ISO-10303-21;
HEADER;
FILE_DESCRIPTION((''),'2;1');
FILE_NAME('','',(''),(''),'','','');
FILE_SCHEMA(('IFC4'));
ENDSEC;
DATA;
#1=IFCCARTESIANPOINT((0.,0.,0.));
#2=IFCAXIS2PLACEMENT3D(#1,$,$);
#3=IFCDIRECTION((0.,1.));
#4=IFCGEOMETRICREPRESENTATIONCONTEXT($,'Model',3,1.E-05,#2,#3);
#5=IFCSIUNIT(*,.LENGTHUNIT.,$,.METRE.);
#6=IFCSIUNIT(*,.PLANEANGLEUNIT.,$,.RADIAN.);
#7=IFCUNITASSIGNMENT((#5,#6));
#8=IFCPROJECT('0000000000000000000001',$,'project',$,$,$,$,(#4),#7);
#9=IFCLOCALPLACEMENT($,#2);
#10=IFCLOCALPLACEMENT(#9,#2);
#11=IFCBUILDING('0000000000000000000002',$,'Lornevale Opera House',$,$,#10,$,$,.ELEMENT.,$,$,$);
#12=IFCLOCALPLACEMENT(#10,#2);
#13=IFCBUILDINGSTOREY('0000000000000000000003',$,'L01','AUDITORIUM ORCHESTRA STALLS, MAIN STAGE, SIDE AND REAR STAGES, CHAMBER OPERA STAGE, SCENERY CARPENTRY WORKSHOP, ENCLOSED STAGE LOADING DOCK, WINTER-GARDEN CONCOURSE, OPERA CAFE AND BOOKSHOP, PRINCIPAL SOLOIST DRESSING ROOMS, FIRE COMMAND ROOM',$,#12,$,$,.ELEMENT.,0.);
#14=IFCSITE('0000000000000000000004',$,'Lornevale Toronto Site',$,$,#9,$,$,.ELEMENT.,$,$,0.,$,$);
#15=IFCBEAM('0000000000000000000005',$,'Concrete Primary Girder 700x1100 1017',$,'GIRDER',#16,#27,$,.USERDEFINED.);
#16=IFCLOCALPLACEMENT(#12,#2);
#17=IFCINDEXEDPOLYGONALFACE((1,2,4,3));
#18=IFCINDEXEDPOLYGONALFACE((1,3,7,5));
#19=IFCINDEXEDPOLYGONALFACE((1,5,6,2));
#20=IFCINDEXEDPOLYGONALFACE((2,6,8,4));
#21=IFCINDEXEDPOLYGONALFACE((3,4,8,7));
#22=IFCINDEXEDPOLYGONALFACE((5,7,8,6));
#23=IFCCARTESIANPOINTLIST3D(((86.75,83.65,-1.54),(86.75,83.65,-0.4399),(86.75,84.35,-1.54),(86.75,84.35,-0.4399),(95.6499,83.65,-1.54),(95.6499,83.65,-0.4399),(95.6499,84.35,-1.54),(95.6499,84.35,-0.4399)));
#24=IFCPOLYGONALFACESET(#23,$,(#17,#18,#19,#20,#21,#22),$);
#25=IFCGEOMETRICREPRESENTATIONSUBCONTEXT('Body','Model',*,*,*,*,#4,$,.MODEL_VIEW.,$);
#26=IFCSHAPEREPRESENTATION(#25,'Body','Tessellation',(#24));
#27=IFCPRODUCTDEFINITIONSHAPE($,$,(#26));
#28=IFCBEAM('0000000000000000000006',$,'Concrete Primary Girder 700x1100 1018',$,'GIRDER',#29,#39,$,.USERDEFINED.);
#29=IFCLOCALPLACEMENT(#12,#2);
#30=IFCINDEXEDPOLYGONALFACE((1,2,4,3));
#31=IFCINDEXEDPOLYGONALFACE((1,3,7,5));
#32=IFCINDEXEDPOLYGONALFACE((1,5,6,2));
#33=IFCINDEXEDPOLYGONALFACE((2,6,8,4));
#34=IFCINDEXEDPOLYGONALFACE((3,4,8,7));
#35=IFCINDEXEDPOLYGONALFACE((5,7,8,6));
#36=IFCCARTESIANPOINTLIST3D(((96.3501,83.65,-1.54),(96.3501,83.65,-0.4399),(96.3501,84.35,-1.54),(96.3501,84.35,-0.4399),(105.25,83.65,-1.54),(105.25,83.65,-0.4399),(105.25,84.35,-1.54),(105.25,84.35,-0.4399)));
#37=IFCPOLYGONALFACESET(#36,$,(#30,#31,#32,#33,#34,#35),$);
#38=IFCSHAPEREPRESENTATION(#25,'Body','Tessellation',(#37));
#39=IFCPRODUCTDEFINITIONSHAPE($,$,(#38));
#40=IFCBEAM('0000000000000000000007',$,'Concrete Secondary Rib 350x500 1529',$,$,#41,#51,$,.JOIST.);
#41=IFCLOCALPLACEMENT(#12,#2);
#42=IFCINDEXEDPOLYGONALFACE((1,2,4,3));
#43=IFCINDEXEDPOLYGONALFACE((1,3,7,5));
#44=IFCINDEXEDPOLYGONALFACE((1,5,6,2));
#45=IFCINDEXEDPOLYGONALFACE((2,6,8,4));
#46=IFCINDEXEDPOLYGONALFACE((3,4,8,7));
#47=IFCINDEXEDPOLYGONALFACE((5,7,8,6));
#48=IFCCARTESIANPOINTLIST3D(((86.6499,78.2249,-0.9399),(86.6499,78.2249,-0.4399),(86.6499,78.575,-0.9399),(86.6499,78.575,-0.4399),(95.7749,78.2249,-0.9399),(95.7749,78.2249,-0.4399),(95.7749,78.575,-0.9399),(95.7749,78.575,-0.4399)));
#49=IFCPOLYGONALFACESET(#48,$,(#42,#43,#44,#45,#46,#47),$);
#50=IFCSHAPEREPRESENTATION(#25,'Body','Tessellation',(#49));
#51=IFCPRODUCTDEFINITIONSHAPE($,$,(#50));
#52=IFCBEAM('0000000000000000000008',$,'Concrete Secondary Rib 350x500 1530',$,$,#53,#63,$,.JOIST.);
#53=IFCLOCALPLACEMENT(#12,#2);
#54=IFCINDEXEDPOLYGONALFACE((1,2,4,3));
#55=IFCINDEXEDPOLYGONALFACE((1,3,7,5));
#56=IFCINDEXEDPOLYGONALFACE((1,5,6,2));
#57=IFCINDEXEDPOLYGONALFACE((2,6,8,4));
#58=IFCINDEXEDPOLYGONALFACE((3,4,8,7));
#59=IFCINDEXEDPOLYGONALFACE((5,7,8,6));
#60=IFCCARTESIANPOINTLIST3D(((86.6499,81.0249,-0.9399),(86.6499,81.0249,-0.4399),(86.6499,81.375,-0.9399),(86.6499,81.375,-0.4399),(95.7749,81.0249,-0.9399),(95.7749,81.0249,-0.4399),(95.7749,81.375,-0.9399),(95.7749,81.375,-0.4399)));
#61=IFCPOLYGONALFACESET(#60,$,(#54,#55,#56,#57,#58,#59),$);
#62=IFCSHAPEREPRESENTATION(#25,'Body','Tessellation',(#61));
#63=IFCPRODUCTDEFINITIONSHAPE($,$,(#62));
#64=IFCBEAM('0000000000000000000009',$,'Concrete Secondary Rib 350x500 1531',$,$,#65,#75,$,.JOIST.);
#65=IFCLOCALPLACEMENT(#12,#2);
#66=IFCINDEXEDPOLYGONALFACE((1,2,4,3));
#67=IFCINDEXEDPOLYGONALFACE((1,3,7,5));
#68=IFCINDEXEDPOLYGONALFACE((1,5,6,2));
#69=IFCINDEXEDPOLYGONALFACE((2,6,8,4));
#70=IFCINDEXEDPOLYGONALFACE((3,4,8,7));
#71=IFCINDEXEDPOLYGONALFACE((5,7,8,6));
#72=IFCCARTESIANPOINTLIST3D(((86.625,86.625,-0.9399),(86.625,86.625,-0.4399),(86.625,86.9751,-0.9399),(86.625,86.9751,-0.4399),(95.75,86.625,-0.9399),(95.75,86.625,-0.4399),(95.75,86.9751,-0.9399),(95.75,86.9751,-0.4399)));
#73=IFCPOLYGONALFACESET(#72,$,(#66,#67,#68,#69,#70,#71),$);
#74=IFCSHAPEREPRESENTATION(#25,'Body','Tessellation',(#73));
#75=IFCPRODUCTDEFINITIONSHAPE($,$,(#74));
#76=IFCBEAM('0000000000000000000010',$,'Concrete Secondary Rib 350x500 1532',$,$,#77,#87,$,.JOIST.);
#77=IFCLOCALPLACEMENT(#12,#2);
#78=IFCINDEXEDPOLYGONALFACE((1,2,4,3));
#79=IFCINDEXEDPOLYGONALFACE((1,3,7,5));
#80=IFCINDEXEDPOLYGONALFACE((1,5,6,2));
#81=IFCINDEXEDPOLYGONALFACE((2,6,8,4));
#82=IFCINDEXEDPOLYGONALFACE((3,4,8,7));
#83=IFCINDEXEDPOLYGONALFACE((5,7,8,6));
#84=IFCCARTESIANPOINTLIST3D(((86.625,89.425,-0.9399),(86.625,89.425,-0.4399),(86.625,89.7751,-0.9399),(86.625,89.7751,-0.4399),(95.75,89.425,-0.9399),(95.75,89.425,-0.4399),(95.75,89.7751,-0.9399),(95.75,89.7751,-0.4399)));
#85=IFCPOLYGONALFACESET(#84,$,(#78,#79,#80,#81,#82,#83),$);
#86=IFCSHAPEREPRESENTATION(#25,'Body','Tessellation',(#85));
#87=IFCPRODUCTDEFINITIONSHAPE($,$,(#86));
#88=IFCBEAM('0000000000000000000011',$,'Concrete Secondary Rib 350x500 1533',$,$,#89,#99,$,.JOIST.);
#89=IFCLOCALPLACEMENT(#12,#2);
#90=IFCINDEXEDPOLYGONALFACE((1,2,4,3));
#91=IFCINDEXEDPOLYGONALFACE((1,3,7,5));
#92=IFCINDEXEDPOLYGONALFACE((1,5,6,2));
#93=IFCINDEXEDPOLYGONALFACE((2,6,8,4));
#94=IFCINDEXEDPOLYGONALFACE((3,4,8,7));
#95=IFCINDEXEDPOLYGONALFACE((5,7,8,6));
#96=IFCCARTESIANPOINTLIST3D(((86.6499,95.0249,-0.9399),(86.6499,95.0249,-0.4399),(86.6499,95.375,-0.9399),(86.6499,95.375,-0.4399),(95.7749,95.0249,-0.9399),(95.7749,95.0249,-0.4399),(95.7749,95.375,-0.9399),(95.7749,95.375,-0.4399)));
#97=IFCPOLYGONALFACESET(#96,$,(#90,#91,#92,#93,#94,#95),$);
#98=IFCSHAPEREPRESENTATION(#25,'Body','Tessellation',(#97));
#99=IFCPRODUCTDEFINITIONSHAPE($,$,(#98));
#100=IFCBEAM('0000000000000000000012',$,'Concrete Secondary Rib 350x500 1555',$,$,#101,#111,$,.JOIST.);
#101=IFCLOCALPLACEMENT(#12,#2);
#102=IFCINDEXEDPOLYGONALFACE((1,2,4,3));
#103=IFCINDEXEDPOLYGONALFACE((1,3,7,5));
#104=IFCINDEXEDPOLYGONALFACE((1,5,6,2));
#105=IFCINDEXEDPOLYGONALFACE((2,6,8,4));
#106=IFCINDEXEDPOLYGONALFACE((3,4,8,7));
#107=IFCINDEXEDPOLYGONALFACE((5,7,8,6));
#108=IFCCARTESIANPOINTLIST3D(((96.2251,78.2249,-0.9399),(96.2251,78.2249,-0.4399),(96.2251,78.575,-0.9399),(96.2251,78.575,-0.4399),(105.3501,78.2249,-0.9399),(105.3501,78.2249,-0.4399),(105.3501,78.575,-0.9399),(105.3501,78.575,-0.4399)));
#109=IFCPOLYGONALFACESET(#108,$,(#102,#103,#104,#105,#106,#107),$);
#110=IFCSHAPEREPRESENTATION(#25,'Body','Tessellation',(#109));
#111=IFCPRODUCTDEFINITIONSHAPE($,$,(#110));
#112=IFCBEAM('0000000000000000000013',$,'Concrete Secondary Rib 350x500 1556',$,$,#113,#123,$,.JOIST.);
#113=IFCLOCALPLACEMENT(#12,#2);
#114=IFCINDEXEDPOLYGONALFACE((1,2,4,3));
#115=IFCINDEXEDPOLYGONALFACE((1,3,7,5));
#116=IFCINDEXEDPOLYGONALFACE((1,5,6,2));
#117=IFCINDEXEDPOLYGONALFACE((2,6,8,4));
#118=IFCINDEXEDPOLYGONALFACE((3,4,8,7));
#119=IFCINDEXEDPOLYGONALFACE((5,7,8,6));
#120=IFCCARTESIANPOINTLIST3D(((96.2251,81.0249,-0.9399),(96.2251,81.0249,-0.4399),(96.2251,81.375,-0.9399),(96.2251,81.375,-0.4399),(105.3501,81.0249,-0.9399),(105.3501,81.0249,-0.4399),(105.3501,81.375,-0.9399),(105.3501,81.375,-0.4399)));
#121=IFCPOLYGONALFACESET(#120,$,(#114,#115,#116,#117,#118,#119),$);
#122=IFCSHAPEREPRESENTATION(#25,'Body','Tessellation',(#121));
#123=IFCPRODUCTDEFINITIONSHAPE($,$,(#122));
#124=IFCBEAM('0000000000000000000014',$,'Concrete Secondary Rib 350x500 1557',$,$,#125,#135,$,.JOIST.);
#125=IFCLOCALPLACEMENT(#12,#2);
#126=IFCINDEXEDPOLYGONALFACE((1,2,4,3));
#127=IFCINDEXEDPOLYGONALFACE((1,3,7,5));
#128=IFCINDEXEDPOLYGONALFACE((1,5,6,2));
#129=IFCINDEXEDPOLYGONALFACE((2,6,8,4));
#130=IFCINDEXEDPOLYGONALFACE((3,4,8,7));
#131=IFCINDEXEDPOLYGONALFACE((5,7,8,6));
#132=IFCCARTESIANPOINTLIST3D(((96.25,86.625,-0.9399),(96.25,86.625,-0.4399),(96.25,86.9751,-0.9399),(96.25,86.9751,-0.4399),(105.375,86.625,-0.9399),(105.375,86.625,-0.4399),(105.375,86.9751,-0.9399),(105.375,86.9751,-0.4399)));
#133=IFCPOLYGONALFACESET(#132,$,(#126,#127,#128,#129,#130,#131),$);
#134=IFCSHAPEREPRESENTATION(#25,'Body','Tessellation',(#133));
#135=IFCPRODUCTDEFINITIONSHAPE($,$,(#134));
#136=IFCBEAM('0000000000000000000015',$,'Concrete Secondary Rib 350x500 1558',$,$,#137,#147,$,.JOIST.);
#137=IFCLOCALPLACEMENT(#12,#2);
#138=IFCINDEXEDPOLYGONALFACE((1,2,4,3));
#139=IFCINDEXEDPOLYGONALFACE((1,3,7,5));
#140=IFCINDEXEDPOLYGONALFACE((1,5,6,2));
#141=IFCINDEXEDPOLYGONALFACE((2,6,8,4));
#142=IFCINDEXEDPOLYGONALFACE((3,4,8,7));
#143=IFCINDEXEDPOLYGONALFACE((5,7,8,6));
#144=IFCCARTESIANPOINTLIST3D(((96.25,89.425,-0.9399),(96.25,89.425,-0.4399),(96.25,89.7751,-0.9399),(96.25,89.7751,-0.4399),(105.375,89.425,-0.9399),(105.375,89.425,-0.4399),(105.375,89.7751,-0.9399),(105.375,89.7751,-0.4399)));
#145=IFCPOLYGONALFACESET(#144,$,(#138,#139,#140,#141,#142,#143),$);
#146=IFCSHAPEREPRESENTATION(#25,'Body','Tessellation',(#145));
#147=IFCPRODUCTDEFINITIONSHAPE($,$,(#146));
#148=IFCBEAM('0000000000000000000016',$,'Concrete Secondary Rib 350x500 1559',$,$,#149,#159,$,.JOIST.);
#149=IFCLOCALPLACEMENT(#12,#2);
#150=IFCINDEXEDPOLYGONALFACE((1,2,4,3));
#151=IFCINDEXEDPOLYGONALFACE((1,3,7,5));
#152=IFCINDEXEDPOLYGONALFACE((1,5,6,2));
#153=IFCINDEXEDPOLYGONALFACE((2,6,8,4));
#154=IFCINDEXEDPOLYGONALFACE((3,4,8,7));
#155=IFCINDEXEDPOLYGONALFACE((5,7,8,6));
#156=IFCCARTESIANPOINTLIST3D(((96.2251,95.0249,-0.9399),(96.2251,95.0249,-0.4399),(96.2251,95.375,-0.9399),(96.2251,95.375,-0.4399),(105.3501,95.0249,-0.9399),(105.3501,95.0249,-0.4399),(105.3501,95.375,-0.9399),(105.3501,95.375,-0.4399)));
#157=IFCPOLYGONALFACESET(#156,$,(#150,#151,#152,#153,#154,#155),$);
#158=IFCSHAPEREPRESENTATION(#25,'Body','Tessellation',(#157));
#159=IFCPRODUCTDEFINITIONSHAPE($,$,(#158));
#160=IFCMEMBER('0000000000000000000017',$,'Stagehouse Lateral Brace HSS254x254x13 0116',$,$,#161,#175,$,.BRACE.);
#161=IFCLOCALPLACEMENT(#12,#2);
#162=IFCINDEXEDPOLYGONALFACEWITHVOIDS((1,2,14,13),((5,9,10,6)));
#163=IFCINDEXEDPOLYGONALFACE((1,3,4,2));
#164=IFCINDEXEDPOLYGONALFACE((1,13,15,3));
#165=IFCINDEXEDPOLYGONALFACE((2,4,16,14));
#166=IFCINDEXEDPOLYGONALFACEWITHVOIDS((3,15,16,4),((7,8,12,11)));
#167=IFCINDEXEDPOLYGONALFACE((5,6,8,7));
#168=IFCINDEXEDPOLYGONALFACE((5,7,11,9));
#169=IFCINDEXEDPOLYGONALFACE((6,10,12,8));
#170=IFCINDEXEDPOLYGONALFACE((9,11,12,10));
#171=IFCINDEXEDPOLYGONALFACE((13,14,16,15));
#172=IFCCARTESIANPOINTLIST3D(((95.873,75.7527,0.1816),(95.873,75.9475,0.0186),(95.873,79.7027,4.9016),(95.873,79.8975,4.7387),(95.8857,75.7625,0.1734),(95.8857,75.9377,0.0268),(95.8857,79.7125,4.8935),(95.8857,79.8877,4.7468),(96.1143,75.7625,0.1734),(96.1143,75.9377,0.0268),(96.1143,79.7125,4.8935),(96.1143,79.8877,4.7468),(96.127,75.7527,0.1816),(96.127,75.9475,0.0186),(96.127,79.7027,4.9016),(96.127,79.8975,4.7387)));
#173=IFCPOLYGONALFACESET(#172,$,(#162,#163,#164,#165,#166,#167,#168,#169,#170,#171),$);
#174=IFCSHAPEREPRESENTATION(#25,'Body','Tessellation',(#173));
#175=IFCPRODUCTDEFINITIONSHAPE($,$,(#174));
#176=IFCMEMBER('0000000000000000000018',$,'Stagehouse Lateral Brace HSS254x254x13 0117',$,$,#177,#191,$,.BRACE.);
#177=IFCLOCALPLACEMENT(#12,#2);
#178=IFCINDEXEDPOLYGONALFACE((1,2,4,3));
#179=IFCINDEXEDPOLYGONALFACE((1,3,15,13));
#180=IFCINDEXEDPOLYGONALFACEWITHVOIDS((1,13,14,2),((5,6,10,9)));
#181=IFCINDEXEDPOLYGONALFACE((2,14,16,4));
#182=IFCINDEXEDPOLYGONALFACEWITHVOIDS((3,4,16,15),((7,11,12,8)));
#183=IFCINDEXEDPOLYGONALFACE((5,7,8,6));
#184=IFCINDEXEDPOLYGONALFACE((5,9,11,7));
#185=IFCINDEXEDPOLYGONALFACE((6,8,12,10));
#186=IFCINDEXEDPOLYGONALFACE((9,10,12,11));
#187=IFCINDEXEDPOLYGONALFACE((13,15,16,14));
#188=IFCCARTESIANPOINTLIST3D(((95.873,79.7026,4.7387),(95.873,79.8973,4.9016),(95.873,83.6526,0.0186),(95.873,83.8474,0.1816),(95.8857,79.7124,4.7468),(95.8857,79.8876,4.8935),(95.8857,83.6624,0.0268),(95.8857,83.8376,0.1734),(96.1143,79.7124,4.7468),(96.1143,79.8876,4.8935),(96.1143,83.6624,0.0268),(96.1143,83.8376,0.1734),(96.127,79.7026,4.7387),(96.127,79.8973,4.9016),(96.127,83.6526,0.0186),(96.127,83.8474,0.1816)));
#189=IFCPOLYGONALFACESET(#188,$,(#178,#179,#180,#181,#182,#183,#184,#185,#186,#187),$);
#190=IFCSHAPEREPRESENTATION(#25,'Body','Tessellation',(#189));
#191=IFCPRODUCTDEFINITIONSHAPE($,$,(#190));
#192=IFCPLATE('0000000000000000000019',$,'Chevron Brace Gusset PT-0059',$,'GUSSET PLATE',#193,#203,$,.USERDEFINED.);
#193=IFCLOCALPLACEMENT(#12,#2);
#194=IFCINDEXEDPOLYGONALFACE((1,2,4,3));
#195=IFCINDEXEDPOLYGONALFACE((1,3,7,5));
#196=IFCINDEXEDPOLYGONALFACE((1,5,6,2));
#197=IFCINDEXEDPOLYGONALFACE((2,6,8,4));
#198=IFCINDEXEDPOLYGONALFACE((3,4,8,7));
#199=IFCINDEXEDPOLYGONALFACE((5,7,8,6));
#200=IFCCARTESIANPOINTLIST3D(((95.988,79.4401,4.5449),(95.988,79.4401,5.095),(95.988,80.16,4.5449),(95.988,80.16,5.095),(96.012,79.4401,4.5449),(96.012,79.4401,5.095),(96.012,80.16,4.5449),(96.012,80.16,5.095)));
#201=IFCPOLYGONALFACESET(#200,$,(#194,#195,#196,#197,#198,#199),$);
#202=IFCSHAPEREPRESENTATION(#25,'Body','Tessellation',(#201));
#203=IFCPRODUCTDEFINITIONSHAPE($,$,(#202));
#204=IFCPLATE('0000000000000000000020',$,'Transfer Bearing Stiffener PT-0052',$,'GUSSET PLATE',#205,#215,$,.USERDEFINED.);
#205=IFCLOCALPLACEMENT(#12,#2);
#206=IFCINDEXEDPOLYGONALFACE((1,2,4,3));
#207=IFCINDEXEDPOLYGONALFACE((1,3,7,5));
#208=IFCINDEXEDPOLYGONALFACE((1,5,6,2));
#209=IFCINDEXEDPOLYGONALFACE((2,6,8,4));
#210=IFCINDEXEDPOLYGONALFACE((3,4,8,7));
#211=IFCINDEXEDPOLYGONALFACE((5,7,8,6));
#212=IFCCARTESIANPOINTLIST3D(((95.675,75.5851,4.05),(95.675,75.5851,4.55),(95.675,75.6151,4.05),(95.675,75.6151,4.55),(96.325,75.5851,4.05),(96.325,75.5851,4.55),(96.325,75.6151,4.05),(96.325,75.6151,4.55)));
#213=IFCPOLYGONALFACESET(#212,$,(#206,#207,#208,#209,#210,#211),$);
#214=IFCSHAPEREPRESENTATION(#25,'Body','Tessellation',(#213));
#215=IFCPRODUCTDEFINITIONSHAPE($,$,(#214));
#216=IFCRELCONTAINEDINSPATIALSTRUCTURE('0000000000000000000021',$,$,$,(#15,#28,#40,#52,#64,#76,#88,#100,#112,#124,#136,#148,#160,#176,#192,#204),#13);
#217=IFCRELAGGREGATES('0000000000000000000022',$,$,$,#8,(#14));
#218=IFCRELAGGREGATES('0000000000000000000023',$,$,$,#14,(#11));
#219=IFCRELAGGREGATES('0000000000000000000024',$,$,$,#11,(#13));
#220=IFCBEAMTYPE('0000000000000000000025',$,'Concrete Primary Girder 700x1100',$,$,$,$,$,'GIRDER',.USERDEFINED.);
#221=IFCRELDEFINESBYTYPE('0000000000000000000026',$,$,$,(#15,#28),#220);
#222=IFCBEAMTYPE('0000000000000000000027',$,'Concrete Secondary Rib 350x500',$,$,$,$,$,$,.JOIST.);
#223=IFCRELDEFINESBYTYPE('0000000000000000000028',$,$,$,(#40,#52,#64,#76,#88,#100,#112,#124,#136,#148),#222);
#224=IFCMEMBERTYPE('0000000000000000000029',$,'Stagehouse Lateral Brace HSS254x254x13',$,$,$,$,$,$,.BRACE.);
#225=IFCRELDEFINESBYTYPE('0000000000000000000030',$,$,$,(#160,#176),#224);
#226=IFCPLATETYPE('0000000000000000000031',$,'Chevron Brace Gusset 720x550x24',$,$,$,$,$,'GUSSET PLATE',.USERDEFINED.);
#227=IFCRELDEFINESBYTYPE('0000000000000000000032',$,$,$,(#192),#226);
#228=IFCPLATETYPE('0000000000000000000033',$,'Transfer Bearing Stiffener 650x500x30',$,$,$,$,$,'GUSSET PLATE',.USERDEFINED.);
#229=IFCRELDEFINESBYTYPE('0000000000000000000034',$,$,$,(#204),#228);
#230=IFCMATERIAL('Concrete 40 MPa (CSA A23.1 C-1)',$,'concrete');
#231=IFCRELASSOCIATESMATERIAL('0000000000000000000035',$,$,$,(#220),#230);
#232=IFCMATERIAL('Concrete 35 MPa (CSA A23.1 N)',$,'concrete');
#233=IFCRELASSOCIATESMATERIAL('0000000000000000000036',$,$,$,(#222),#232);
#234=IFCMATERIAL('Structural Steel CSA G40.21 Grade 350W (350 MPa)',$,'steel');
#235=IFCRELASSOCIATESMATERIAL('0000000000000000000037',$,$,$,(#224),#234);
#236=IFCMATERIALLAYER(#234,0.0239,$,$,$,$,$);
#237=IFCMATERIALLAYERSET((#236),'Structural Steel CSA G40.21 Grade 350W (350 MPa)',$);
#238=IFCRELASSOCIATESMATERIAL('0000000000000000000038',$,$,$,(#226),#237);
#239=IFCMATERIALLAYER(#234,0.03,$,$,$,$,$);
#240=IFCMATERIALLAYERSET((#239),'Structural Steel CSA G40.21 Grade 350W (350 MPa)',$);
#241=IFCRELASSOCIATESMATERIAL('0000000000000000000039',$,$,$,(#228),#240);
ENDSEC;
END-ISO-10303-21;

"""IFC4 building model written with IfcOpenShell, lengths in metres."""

from ifc_helpers import new_model, si_unit, direction, frame, origin, origin_2d, place, context, subcontext, project, spatial, rectangle, hollow_rectangle, extrude, material, layer, layer_set, material_profile, profile_set, type_object, element, save


model = new_model("IFC4")

# Units and contexts
model_context = context("Model", 3, precision=1e-05, world=origin(), true_north=direction((0.0, 1.0)))
body_context = subcontext(model_context, "Body", "Model", "MODEL_VIEW")
ifc_project = project(units=[si_unit("LENGTHUNIT", "METRE"), si_unit("PLANEANGLEUNIT", "RADIAN")], contexts=[model_context])

# Site, building, storey
site_placement = place(None, origin())
site = spatial("IfcSite", under=ifc_project, at=site_placement, Name="Lornevale Toronto Site", CompositionType="ELEMENT", RefElevation=0.0)
building_placement = place(site_placement, origin())
building = spatial("IfcBuilding", under=site, at=building_placement, Name="Lornevale Opera House", CompositionType="ELEMENT")
storey_placement = place(building_placement, origin())
storey = spatial("IfcBuildingStorey", under=building, at=storey_placement, Name="L01", Description="AUDITORIUM ORCHESTRA STALLS, MAIN STAGE, SIDE AND REAR STAGES, CHAMBER OPERA STAGE, SCENERY CARPENTRY WORKSHOP, ENCLOSED STAGE LOADING DOCK, WINTER-GARDEN CONCOURSE, OPERA CAFE AND BOOKSHOP, PRINCIPAL SOLOIST DRESSING ROOMS, FIRE COMMAND ROOM", CompositionType="ELEMENT", Elevation=0.0)

# Shared definitions
ifc_material_1 = material(Name="Concrete 40 MPa (CSA A23.1 C-1)", Category="concrete")

# Beams
ifc_material_2 = material(Name="Concrete 35 MPa (CSA A23.1 N)", Category="concrete")
ifc_material_profile_1 = material_profile(ifc_material_1, rectangle(XDim=0.7, YDim=1.1001, at=origin_2d()), Name="RC700x1100")
ifc_profile_set_1 = profile_set([ifc_material_profile_1], Name="Concrete 40 MPa (CSA A23.1 C-1)")
beam_type_1 = type_object("IfcBeamType", Name="Concrete Primary Girder 700x1100", ElementType="GIRDER", PredefinedType="USERDEFINED", material=ifc_profile_set_1)
for number, where, z_axis, x_axis, name in (
    (1, (86.75, 84.0, -0.99), (1.0, 0.0, 0.0), (0.0, 1.0, 0.0), "Concrete Primary Girder 700x1100 1017"),
    (2, (96.3501, 84.0, -0.99), (1.0, 0.0, 0.0), (0.0, 1.0, 0.0), "Concrete Primary Girder 700x1100 1018"),
):
    element("IfcBeam", number, at=place(storey_placement, frame(where, z_axis=z_axis, x_axis=x_axis)), inside=storey, type_object=beam_type_1, Name=name, ObjectType="GIRDER", PredefinedType="USERDEFINED", context=body_context, shape_type="SweptSolid", body=[
        extrude(rectangle(XDim=0.7, YDim=1.1001, at=origin_2d()), origin(), (0.0, 0.0, 1.0), 8.8999),
    ])
ifc_material_profile_2 = material_profile(ifc_material_2, rectangle(XDim=0.3501, YDim=0.5, at=origin_2d()), Name="RC350x500")
ifc_profile_set_2 = profile_set([ifc_material_profile_2], Name="Concrete 35 MPa (CSA A23.1 N)")
beam_type_2 = type_object("IfcBeamType", Name="Concrete Secondary Rib 350x500", PredefinedType="JOIST", material=ifc_profile_set_2)
for number, where, z_axis, x_axis, name in (
    (3, (86.6499, 78.3999, -0.6899), (1.0, 0.0, 0.0), (0.0, 1.0, 0.0), "Concrete Secondary Rib 350x500 1529"),
    (4, (86.6499, 81.2, -0.6899), (1.0, 0.0, 0.0), (0.0, 1.0, 0.0), "Concrete Secondary Rib 350x500 1530"),
    (5, (86.625, 86.8, -0.6899), (1.0, 0.0, 0.0), (0.0, 1.0, 0.0), "Concrete Secondary Rib 350x500 1531"),
    (6, (86.625, 89.6001, -0.6899), (1.0, 0.0, 0.0), (0.0, 1.0, 0.0), "Concrete Secondary Rib 350x500 1532"),
    (7, (86.6499, 95.2, -0.6899), (1.0, 0.0, 0.0), (0.0, 1.0, 0.0), "Concrete Secondary Rib 350x500 1533"),
    (8, (96.2251, 78.3999, -0.6899), (1.0, 0.0, 0.0), (0.0, 1.0, 0.0), "Concrete Secondary Rib 350x500 1555"),
    (9, (96.2251, 81.2, -0.6899), (1.0, 0.0, 0.0), (0.0, 1.0, 0.0), "Concrete Secondary Rib 350x500 1556"),
    (10, (96.25, 86.8, -0.6899), (1.0, 0.0, 0.0), (0.0, 1.0, 0.0), "Concrete Secondary Rib 350x500 1557"),
    (11, (96.25, 89.6001, -0.6899), (1.0, 0.0, 0.0), (0.0, 1.0, 0.0), "Concrete Secondary Rib 350x500 1558"),
    (12, (96.2251, 95.2, -0.6899), (1.0, 0.0, 0.0), (0.0, 1.0, 0.0), "Concrete Secondary Rib 350x500 1559"),
):
    element("IfcBeam", number, at=place(storey_placement, frame(where, z_axis=z_axis, x_axis=x_axis)), inside=storey, type_object=beam_type_2, Name=name, PredefinedType="JOIST", context=body_context, shape_type="SweptSolid", body=[
        extrude(rectangle(XDim=0.3501, YDim=0.5, at=origin_2d()), origin(), (0.0, 0.0, 1.0), 9.125),
    ])

# Members
ifc_material_3 = material(Name="Structural Steel CSA G40.21 Grade 350W (350 MPa)", Category="steel")
ifc_material_profile_3 = material_profile(ifc_material_3, hollow_rectangle(XDim=0.2539, YDim=0.2539, WallThickness=0.0127, at=origin_2d()), Name="HSS254x254x13")
ifc_profile_set_3 = profile_set([ifc_material_profile_3], Name="Structural Steel CSA G40.21 Grade 350W (350 MPa)")
member_type = type_object("IfcMemberType", Name="Stagehouse Lateral Brace HSS254x254x13", PredefinedType="BRACE", material=ifc_profile_set_3)
for number, where, z_axis, x_axis, name in (
    (13, (96.0, 75.8501, 0.1001), (0.0, 0.641779, 0.76689), (-1.0, 0.0, 0.0), "Stagehouse Lateral Brace HSS254x254x13 0116"),
    (14, (96.0, 83.75, 0.1001), (0.0, -0.641779, 0.76689), (1.0, 0.0, 0.0), "Stagehouse Lateral Brace HSS254x254x13 0117"),
):
    element("IfcMember", number, at=place(storey_placement, frame(where, z_axis=z_axis, x_axis=x_axis)), inside=storey, type_object=member_type, Name=name, PredefinedType="BRACE", context=body_context, shape_type="SweptSolid", body=[
        extrude(hollow_rectangle(XDim=0.2539, YDim=0.2539, WallThickness=0.0127, at=origin_2d()), origin(), (0.0, 0.0, 1.0), 6.1548),
    ])

# Plates
ifc_layer_1 = layer(ifc_material_3, 0.0239)
ifc_layer_set_1 = layer_set([ifc_layer_1], Name="Structural Steel CSA G40.21 Grade 350W (350 MPa)")
plate_type_1 = type_object("IfcPlateType", Name="Chevron Brace Gusset 720x550x24", ElementType="GUSSET PLATE", PredefinedType="USERDEFINED", material=ifc_layer_set_1)
plate_1_placement = place(storey_placement, frame((96.0, 79.8, 4.5449), z_axis=(0.0, 0.0, 1.0), x_axis=(0.0, 1.0, 0.0)))
element("IfcPlate", 15, at=plate_1_placement, inside=storey, type_object=plate_type_1, Name="Chevron Brace Gusset PT-0059", ObjectType="GUSSET PLATE", PredefinedType="USERDEFINED", context=body_context, shape_type="SweptSolid", body=[
    extrude(rectangle(XDim=0.72, YDim=0.0239, at=origin_2d()), origin(), (0.0, 0.0, 1.0), 0.55),
])
ifc_layer_2 = layer(ifc_material_3, 0.03)
ifc_layer_set_2 = layer_set([ifc_layer_2], Name="Structural Steel CSA G40.21 Grade 350W (350 MPa)")
plate_type_2 = type_object("IfcPlateType", Name="Transfer Bearing Stiffener 650x500x30", ElementType="GUSSET PLATE", PredefinedType="USERDEFINED", material=ifc_layer_set_2)
plate_2_placement = place(storey_placement, frame((96.0, 75.6001, 4.05), z_axis=(0.0, 0.0, 1.0), x_axis=(1.0, 0.0, 0.0)))
element("IfcPlate", 16, at=plate_2_placement, inside=storey, type_object=plate_type_2, Name="Transfer Bearing Stiffener PT-0052", ObjectType="GUSSET PLATE", PredefinedType="USERDEFINED", context=body_context, shape_type="SweptSolid", body=[
    extrude(rectangle(XDim=0.6499, YDim=0.03, at=origin_2d()), origin(), (0.0, 0.0, 1.0), 0.5),
])

save(model, "model.ifc")
